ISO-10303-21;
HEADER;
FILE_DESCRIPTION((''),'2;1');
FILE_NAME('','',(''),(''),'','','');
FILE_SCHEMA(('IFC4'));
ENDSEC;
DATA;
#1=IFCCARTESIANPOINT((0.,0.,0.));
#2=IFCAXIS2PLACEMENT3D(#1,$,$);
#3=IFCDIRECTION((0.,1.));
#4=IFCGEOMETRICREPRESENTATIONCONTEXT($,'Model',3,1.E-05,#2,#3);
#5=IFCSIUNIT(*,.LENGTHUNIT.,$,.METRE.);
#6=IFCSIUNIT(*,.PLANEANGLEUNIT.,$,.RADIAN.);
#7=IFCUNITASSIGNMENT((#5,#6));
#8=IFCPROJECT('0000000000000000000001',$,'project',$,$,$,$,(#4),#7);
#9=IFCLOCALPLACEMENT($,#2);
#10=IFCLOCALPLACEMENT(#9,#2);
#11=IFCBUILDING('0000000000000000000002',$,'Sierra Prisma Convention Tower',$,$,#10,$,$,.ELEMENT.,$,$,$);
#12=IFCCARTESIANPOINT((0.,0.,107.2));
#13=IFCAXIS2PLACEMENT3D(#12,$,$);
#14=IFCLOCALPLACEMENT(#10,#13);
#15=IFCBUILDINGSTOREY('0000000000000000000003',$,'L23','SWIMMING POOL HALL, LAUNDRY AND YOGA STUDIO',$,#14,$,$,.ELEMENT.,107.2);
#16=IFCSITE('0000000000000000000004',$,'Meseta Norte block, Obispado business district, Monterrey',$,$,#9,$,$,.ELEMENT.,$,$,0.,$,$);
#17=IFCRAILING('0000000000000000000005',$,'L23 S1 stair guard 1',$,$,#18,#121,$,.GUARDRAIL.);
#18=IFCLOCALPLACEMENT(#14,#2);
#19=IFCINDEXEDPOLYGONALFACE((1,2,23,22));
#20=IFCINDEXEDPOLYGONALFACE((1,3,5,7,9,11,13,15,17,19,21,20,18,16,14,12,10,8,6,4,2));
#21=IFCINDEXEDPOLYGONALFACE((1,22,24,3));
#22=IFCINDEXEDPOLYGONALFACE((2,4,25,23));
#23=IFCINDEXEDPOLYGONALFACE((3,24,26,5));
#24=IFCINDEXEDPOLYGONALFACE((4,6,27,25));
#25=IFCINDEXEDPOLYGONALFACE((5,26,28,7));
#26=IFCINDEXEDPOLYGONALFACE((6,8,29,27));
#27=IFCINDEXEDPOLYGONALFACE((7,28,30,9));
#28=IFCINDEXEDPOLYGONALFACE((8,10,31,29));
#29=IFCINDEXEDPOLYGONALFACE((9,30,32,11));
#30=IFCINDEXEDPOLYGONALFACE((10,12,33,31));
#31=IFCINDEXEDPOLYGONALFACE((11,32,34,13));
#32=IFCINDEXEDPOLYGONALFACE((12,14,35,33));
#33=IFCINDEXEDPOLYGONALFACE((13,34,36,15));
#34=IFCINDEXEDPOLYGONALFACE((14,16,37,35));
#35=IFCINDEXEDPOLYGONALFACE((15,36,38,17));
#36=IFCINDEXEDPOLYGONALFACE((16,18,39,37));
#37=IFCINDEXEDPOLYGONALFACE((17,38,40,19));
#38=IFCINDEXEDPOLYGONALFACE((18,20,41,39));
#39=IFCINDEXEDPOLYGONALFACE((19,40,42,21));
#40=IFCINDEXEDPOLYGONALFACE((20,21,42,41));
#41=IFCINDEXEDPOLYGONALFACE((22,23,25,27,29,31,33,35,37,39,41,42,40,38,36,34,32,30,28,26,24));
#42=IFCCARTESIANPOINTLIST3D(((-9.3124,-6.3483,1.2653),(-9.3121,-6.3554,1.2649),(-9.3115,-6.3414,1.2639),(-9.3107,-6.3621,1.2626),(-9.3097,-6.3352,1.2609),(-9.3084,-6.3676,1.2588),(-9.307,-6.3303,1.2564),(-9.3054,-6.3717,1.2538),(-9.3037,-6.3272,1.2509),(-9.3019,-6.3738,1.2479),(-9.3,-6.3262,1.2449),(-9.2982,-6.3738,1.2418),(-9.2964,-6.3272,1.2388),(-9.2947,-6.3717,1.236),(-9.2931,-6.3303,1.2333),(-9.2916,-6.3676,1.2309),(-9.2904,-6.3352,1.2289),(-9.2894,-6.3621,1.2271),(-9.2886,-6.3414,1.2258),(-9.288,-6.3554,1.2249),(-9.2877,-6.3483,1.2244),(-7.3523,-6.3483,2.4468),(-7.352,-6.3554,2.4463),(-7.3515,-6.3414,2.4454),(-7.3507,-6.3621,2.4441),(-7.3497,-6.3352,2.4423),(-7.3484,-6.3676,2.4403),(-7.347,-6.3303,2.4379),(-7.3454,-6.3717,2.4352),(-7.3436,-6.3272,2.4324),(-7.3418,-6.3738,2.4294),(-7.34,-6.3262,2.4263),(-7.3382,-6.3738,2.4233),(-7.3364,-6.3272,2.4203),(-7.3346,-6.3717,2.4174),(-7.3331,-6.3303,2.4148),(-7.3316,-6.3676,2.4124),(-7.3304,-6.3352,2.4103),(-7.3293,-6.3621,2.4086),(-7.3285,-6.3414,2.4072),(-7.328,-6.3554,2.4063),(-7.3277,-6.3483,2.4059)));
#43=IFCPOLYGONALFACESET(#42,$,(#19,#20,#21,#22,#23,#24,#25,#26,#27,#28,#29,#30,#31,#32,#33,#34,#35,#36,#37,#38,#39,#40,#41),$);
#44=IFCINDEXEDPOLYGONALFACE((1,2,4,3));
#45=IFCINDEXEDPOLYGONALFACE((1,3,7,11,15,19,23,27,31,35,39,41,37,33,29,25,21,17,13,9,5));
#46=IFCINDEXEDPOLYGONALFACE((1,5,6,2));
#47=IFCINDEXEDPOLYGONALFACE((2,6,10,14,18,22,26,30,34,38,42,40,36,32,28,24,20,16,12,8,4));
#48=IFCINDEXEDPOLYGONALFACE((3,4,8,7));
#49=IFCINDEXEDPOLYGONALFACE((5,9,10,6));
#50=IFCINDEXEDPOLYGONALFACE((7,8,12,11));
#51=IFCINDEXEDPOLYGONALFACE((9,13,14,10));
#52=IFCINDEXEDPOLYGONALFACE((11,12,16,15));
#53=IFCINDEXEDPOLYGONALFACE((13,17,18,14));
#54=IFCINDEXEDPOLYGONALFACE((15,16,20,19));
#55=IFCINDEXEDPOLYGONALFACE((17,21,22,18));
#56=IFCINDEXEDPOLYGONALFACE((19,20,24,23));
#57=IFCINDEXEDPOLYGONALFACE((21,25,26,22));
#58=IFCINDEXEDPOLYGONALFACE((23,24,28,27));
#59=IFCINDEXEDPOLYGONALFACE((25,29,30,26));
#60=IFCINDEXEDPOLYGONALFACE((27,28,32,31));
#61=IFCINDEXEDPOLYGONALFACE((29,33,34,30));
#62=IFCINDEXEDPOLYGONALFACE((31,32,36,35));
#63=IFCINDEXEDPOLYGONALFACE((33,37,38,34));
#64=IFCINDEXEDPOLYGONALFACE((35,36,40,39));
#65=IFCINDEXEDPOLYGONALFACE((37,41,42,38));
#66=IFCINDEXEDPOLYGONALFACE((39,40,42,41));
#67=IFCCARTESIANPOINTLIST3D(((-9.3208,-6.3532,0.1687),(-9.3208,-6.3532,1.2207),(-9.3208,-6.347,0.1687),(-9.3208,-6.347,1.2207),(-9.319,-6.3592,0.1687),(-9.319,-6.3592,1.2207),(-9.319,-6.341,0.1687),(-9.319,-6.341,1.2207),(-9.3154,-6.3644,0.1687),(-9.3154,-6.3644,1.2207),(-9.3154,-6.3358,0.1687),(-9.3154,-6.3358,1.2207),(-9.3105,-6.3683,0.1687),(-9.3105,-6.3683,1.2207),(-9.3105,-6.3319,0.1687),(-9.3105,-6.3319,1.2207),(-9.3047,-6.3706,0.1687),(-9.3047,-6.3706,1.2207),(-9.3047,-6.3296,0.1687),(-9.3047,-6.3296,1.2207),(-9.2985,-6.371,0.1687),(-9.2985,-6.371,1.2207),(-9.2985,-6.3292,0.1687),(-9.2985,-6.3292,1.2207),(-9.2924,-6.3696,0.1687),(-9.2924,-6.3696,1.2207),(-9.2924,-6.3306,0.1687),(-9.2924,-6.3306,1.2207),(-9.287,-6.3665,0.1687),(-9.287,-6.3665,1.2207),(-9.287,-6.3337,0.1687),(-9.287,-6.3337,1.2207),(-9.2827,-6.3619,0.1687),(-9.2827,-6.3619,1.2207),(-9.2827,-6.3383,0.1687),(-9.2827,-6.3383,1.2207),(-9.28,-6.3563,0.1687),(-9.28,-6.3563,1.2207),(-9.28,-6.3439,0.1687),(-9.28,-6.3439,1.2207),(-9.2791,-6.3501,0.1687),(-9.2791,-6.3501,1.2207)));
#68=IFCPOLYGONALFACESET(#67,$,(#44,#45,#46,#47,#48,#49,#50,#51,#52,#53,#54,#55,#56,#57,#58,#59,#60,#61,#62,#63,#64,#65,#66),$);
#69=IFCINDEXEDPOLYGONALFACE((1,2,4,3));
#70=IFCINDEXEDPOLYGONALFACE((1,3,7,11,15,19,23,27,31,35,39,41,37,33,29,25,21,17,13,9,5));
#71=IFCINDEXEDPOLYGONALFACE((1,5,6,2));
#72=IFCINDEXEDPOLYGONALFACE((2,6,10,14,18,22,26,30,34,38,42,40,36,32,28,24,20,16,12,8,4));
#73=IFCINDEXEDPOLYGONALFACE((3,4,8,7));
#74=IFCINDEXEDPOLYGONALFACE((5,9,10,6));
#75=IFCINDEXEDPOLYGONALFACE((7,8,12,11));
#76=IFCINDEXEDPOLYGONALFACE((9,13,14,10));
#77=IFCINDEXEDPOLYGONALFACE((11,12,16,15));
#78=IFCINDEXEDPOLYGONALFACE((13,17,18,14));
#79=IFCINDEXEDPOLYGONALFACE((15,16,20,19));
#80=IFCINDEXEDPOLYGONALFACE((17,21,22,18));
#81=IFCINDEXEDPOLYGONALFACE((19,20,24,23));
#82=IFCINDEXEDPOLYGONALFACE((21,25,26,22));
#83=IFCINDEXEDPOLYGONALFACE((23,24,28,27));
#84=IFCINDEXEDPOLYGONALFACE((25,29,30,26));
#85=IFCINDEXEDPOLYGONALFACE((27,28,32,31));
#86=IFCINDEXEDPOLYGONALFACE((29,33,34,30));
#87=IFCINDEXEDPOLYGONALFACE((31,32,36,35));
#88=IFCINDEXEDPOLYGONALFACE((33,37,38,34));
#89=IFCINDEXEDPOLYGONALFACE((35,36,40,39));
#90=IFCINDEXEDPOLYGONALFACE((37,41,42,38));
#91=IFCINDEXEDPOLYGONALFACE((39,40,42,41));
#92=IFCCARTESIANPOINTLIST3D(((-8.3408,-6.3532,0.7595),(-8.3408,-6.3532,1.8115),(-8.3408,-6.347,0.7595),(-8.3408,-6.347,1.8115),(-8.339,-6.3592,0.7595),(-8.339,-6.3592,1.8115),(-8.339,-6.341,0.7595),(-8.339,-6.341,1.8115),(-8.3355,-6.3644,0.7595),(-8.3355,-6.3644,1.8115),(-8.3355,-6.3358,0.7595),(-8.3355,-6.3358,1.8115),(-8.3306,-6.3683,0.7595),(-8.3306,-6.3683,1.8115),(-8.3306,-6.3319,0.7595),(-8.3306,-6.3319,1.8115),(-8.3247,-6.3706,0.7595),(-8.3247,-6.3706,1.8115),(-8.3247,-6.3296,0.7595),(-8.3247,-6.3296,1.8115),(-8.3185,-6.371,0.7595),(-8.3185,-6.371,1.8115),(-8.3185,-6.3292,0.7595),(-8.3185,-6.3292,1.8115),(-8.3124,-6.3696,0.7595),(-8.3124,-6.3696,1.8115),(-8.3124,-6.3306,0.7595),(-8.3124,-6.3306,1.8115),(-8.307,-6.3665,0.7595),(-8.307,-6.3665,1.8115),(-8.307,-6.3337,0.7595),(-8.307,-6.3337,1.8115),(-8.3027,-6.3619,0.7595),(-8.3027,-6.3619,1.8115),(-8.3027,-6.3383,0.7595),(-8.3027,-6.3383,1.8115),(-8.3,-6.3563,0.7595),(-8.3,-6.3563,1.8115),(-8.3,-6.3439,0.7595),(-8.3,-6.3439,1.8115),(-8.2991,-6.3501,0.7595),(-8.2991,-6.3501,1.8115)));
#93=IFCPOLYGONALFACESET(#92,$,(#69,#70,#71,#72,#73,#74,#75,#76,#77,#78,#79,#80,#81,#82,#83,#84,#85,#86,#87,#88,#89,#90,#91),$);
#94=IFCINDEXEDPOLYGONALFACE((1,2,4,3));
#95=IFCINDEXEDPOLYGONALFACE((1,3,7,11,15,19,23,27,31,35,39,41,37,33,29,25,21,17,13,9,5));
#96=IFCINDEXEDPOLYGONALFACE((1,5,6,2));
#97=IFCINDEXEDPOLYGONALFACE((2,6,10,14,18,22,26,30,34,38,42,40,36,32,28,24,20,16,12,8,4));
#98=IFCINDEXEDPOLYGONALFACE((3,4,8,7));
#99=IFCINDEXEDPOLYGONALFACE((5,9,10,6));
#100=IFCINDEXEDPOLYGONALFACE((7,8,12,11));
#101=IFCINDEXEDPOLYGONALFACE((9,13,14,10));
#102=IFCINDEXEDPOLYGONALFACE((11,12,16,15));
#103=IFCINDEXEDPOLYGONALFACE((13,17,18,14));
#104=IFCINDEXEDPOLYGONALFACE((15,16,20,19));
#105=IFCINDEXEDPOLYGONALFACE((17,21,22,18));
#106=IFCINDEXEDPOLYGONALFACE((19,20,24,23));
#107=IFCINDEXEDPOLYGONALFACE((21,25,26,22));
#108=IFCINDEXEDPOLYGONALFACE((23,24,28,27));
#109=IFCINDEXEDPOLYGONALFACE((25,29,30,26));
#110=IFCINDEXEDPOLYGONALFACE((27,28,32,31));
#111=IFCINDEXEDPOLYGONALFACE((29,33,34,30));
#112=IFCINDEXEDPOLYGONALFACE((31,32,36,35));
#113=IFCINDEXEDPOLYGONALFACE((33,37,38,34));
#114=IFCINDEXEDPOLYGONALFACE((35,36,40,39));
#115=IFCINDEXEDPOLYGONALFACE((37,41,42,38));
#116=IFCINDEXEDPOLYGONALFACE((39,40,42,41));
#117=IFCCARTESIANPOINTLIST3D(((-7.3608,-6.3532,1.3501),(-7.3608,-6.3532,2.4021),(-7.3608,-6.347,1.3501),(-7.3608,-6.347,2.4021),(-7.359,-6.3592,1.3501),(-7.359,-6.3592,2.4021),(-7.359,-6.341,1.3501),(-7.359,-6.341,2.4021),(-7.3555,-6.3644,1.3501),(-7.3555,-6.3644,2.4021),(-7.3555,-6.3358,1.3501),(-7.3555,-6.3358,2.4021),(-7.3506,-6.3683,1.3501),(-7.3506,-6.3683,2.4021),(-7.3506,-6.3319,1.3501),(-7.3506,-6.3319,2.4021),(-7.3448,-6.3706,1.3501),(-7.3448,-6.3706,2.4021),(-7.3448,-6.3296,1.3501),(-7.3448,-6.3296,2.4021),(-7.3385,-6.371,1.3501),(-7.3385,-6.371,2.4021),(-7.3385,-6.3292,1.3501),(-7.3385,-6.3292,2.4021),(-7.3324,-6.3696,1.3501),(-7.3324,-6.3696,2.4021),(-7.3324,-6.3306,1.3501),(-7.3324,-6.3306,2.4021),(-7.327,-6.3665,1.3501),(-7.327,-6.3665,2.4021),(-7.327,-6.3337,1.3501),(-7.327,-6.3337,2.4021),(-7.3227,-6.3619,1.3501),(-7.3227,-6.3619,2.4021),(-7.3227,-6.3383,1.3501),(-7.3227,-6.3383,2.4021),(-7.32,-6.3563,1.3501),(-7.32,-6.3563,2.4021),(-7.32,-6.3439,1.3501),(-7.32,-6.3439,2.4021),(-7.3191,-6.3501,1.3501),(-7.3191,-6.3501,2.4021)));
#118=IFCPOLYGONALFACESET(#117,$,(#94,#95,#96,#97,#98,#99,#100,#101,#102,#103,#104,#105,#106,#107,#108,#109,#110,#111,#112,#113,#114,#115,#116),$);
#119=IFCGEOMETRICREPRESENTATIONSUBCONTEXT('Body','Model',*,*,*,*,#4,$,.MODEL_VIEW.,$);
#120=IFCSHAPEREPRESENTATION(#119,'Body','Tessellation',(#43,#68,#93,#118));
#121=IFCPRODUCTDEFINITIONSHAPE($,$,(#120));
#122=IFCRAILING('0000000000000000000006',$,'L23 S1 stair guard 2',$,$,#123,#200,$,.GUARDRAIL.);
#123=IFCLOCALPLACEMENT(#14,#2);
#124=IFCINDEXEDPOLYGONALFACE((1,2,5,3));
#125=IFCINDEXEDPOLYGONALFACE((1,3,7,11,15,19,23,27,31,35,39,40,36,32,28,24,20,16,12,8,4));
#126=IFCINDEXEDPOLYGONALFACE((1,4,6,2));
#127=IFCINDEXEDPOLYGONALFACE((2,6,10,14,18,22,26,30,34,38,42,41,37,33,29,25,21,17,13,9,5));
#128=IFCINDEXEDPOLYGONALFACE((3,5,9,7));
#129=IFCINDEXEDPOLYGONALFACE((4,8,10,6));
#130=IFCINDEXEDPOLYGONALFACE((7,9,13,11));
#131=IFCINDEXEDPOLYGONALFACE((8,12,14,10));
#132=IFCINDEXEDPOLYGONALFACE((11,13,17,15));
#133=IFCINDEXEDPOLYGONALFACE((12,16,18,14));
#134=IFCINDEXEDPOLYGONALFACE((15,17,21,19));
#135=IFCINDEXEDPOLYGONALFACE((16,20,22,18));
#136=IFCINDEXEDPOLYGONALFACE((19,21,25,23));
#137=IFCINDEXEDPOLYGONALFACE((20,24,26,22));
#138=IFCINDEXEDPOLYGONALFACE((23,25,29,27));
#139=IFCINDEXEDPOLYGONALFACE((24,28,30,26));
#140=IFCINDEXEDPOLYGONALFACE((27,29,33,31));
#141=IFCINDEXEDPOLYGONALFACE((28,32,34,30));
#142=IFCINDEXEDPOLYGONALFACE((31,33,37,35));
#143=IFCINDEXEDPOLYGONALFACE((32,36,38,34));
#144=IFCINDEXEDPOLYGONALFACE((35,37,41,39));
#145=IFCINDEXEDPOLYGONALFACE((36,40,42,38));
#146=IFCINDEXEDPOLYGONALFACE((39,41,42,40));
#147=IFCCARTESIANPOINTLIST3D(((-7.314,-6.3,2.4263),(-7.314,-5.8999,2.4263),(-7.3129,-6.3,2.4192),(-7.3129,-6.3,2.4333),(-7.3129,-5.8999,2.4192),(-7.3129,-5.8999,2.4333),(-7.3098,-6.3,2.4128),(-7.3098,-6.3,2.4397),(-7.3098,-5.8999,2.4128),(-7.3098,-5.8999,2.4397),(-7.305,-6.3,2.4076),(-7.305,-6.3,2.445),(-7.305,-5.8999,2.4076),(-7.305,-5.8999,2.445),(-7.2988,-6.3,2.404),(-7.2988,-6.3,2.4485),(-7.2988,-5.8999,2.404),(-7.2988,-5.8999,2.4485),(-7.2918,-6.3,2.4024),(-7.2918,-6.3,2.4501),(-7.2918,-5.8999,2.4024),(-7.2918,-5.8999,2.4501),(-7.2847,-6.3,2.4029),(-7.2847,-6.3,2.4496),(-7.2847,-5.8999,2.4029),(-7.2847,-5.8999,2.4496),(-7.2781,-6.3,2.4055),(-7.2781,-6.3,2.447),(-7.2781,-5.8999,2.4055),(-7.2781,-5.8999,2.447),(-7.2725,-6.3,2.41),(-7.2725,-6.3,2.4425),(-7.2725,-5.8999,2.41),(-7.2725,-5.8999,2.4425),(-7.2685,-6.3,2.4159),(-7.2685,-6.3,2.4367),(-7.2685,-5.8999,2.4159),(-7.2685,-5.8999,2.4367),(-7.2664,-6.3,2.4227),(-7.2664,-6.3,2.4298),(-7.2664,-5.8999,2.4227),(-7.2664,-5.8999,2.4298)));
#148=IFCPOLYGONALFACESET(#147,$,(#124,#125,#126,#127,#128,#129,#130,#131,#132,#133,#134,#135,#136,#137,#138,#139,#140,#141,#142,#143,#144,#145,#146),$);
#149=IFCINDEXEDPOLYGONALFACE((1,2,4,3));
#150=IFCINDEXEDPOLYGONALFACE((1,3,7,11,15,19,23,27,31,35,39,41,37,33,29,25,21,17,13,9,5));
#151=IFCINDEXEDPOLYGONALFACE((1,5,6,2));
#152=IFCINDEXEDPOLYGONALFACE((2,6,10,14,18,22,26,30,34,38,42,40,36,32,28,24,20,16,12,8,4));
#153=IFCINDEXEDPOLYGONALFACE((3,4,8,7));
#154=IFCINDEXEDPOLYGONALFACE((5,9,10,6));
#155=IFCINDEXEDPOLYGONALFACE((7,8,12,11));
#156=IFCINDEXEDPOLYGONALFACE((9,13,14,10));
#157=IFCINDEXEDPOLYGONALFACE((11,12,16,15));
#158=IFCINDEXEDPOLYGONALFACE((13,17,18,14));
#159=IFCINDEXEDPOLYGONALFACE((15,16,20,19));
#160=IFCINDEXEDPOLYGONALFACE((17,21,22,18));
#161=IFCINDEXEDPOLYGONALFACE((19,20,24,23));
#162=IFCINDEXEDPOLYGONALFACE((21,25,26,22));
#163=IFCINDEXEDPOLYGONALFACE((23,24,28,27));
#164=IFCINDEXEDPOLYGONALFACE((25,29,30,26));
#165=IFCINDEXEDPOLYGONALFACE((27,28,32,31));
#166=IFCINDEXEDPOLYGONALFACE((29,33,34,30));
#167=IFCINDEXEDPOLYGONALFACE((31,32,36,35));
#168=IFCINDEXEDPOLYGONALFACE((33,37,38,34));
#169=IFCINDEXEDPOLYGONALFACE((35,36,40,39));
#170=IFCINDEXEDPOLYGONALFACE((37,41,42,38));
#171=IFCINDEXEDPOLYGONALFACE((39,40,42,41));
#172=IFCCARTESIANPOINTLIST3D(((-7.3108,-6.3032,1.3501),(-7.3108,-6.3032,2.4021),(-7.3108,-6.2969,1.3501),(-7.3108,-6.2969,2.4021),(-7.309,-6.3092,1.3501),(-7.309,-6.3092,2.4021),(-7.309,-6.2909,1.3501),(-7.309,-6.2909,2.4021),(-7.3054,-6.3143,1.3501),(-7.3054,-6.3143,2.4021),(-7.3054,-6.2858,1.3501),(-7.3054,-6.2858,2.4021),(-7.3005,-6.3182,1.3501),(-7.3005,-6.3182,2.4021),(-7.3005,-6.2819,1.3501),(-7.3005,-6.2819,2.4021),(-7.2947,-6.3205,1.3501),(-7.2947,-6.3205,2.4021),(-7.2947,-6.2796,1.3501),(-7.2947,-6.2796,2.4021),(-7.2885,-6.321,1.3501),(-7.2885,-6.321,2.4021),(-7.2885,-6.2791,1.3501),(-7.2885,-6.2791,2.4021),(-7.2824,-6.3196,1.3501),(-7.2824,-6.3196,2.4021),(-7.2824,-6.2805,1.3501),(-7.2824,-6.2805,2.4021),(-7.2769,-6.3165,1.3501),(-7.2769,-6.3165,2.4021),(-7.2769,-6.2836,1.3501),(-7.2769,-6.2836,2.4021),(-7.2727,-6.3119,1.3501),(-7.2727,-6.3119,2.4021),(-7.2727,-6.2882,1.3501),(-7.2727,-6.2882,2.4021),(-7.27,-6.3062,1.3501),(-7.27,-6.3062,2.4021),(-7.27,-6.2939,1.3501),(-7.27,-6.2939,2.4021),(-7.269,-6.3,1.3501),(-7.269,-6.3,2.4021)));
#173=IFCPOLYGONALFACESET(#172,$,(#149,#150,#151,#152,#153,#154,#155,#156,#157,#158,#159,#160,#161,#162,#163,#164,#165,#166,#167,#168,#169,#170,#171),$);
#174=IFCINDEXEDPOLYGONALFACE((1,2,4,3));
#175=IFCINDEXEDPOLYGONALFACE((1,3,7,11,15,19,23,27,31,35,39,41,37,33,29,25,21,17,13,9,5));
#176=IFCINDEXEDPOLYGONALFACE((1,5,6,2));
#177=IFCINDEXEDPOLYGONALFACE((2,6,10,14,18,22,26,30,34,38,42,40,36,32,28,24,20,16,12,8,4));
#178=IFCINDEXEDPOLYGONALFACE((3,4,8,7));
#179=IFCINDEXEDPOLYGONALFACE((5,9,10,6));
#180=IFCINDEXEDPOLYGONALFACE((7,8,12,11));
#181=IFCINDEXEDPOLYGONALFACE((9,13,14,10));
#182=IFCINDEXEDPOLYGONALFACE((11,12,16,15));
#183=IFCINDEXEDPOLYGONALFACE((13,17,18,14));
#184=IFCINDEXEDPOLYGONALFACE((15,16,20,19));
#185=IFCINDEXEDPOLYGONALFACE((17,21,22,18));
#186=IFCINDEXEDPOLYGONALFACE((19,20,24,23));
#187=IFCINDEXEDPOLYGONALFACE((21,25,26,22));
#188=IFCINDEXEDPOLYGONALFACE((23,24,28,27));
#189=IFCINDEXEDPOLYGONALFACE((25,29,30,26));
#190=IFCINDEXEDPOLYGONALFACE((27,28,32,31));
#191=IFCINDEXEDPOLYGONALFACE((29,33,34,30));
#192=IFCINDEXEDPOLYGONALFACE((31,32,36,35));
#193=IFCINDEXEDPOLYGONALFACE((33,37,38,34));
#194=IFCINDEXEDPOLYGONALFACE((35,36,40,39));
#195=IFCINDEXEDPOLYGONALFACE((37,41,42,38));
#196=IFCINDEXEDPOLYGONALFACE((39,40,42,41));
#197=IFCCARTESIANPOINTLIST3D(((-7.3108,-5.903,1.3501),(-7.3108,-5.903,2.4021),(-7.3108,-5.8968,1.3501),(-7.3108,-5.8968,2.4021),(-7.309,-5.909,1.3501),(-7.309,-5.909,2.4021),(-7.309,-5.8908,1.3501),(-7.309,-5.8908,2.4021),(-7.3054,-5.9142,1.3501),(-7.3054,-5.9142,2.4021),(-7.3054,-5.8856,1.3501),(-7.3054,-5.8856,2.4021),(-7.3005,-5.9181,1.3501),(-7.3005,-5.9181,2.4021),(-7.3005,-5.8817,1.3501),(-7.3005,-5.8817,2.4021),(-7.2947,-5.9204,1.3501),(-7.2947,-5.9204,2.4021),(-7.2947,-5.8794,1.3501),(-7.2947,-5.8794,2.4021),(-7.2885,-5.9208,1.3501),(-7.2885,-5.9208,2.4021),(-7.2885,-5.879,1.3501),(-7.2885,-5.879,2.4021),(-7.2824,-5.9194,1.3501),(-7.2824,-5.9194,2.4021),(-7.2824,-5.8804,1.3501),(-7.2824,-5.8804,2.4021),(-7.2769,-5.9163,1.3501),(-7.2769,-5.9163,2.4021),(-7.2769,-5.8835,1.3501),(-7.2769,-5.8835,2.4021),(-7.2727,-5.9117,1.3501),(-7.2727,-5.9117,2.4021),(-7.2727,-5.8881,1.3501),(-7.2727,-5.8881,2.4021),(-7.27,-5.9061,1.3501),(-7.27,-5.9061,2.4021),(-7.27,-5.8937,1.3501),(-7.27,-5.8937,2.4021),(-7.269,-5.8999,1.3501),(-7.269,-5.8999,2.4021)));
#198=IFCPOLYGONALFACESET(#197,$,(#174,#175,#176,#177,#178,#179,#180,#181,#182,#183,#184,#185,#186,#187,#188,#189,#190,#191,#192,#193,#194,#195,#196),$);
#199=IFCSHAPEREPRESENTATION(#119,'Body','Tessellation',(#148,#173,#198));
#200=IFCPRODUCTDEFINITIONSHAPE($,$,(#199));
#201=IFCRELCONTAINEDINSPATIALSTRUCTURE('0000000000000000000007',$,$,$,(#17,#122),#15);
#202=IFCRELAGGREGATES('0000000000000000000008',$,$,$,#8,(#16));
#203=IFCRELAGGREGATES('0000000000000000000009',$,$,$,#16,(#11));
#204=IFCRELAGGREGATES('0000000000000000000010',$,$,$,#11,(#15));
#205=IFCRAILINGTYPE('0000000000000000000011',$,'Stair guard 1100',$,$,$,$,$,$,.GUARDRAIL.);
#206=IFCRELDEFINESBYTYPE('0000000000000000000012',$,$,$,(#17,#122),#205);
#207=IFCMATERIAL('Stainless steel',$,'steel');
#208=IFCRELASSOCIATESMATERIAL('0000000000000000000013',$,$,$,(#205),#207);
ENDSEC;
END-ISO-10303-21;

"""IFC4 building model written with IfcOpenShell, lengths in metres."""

from ifc_helpers import new_model, si_unit, direction, frame, origin, origin_2d, place, context, subcontext, project, spatial, circle, extrude, material, type_object, element, save


model = new_model("IFC4")

# Units and contexts
model_context = context("Model", 3, precision=1e-05, world=origin(), true_north=direction((0.0, 1.0)))
body_context = subcontext(model_context, "Body", "Model", "MODEL_VIEW")
ifc_project = project(units=[si_unit("LENGTHUNIT", "METRE"), si_unit("PLANEANGLEUNIT", "RADIAN")], contexts=[model_context])

# Site, building, storey
site_placement = place(None, origin())
site = spatial("IfcSite", under=ifc_project, at=site_placement, Name="Meseta Norte block, Obispado business district, Monterrey", CompositionType="ELEMENT", RefElevation=0.0)
building_placement = place(site_placement, origin())
building = spatial("IfcBuilding", under=site, at=building_placement, Name="Sierra Prisma Convention Tower", CompositionType="ELEMENT")
storey_placement = place(building_placement, frame((0.0, 0.0, 107.2)))
storey = spatial("IfcBuildingStorey", under=building, at=storey_placement, Name="L23", Description="SWIMMING POOL HALL, LAUNDRY AND YOGA STUDIO", CompositionType="ELEMENT", Elevation=107.2)

# Railings
ifc_material_1 = material(Name="Stainless steel", Category="steel")
railing_type_1 = type_object("IfcRailingType", Name="Stair guard 1100", PredefinedType="GUARDRAIL", material=ifc_material_1)
railing_1_placement = place(storey_placement, frame((-9.3, -6.3501, 0.1687)))
element("IfcRailing", 1, at=railing_1_placement, inside=storey, type_object=railing_type_1, Name="L23 S1 stair guard 1", PredefinedType="GUARDRAIL", context=body_context, shape_type="SweptSolid", body=[
    extrude(circle(Radius=0.0239, at=origin_2d()), frame((0.0, 0.0, 1.0762), z_axis=(0.856446, 0.0, 0.516236), x_axis=(0.0, 1.0, 0.0)), (0.0, 0.0, 1.0), 2.2886),
    extrude(circle(Radius=0.021, at=origin_2d()), origin(), (0.0, 0.0, 1.0), 1.052),
    extrude(circle(Radius=0.021, at=origin_2d()), frame((0.98, 0.0, 0.5908)), (0.0, 0.0, 1.0), 1.052),
    extrude(circle(Radius=0.021, at=origin_2d()), frame((1.96, 0.0, 1.1814)), (0.0, 0.0, 1.0), 1.052),
])
for number, where, name in (
    (2, (-7.29, -6.3, 1.3501), "L23 S1 stair guard 2"),
):
    element("IfcRailing", number, at=place(storey_placement, frame(where)), inside=storey, type_object=railing_type_1, Name=name, PredefinedType="GUARDRAIL", context=body_context, shape_type="SweptSolid", body=[
        extrude(circle(Radius=0.0239, at=origin_2d()), frame((0.0, 0.0, 1.0762), z_axis=(0.0, 1.0, 0.0), x_axis=(-1.0, 0.0, 0.0)), (0.0, 0.0, 1.0), 0.4001),
        extrude(circle(Radius=0.021, at=origin_2d()), origin(), (0.0, 0.0, 1.0), 1.052),
        extrude(circle(Radius=0.021, at=origin_2d()), frame((0.0, 0.4001, 0.0)), (0.0, 0.0, 1.0), 1.052),
    ])

save(model, "model.ifc")
